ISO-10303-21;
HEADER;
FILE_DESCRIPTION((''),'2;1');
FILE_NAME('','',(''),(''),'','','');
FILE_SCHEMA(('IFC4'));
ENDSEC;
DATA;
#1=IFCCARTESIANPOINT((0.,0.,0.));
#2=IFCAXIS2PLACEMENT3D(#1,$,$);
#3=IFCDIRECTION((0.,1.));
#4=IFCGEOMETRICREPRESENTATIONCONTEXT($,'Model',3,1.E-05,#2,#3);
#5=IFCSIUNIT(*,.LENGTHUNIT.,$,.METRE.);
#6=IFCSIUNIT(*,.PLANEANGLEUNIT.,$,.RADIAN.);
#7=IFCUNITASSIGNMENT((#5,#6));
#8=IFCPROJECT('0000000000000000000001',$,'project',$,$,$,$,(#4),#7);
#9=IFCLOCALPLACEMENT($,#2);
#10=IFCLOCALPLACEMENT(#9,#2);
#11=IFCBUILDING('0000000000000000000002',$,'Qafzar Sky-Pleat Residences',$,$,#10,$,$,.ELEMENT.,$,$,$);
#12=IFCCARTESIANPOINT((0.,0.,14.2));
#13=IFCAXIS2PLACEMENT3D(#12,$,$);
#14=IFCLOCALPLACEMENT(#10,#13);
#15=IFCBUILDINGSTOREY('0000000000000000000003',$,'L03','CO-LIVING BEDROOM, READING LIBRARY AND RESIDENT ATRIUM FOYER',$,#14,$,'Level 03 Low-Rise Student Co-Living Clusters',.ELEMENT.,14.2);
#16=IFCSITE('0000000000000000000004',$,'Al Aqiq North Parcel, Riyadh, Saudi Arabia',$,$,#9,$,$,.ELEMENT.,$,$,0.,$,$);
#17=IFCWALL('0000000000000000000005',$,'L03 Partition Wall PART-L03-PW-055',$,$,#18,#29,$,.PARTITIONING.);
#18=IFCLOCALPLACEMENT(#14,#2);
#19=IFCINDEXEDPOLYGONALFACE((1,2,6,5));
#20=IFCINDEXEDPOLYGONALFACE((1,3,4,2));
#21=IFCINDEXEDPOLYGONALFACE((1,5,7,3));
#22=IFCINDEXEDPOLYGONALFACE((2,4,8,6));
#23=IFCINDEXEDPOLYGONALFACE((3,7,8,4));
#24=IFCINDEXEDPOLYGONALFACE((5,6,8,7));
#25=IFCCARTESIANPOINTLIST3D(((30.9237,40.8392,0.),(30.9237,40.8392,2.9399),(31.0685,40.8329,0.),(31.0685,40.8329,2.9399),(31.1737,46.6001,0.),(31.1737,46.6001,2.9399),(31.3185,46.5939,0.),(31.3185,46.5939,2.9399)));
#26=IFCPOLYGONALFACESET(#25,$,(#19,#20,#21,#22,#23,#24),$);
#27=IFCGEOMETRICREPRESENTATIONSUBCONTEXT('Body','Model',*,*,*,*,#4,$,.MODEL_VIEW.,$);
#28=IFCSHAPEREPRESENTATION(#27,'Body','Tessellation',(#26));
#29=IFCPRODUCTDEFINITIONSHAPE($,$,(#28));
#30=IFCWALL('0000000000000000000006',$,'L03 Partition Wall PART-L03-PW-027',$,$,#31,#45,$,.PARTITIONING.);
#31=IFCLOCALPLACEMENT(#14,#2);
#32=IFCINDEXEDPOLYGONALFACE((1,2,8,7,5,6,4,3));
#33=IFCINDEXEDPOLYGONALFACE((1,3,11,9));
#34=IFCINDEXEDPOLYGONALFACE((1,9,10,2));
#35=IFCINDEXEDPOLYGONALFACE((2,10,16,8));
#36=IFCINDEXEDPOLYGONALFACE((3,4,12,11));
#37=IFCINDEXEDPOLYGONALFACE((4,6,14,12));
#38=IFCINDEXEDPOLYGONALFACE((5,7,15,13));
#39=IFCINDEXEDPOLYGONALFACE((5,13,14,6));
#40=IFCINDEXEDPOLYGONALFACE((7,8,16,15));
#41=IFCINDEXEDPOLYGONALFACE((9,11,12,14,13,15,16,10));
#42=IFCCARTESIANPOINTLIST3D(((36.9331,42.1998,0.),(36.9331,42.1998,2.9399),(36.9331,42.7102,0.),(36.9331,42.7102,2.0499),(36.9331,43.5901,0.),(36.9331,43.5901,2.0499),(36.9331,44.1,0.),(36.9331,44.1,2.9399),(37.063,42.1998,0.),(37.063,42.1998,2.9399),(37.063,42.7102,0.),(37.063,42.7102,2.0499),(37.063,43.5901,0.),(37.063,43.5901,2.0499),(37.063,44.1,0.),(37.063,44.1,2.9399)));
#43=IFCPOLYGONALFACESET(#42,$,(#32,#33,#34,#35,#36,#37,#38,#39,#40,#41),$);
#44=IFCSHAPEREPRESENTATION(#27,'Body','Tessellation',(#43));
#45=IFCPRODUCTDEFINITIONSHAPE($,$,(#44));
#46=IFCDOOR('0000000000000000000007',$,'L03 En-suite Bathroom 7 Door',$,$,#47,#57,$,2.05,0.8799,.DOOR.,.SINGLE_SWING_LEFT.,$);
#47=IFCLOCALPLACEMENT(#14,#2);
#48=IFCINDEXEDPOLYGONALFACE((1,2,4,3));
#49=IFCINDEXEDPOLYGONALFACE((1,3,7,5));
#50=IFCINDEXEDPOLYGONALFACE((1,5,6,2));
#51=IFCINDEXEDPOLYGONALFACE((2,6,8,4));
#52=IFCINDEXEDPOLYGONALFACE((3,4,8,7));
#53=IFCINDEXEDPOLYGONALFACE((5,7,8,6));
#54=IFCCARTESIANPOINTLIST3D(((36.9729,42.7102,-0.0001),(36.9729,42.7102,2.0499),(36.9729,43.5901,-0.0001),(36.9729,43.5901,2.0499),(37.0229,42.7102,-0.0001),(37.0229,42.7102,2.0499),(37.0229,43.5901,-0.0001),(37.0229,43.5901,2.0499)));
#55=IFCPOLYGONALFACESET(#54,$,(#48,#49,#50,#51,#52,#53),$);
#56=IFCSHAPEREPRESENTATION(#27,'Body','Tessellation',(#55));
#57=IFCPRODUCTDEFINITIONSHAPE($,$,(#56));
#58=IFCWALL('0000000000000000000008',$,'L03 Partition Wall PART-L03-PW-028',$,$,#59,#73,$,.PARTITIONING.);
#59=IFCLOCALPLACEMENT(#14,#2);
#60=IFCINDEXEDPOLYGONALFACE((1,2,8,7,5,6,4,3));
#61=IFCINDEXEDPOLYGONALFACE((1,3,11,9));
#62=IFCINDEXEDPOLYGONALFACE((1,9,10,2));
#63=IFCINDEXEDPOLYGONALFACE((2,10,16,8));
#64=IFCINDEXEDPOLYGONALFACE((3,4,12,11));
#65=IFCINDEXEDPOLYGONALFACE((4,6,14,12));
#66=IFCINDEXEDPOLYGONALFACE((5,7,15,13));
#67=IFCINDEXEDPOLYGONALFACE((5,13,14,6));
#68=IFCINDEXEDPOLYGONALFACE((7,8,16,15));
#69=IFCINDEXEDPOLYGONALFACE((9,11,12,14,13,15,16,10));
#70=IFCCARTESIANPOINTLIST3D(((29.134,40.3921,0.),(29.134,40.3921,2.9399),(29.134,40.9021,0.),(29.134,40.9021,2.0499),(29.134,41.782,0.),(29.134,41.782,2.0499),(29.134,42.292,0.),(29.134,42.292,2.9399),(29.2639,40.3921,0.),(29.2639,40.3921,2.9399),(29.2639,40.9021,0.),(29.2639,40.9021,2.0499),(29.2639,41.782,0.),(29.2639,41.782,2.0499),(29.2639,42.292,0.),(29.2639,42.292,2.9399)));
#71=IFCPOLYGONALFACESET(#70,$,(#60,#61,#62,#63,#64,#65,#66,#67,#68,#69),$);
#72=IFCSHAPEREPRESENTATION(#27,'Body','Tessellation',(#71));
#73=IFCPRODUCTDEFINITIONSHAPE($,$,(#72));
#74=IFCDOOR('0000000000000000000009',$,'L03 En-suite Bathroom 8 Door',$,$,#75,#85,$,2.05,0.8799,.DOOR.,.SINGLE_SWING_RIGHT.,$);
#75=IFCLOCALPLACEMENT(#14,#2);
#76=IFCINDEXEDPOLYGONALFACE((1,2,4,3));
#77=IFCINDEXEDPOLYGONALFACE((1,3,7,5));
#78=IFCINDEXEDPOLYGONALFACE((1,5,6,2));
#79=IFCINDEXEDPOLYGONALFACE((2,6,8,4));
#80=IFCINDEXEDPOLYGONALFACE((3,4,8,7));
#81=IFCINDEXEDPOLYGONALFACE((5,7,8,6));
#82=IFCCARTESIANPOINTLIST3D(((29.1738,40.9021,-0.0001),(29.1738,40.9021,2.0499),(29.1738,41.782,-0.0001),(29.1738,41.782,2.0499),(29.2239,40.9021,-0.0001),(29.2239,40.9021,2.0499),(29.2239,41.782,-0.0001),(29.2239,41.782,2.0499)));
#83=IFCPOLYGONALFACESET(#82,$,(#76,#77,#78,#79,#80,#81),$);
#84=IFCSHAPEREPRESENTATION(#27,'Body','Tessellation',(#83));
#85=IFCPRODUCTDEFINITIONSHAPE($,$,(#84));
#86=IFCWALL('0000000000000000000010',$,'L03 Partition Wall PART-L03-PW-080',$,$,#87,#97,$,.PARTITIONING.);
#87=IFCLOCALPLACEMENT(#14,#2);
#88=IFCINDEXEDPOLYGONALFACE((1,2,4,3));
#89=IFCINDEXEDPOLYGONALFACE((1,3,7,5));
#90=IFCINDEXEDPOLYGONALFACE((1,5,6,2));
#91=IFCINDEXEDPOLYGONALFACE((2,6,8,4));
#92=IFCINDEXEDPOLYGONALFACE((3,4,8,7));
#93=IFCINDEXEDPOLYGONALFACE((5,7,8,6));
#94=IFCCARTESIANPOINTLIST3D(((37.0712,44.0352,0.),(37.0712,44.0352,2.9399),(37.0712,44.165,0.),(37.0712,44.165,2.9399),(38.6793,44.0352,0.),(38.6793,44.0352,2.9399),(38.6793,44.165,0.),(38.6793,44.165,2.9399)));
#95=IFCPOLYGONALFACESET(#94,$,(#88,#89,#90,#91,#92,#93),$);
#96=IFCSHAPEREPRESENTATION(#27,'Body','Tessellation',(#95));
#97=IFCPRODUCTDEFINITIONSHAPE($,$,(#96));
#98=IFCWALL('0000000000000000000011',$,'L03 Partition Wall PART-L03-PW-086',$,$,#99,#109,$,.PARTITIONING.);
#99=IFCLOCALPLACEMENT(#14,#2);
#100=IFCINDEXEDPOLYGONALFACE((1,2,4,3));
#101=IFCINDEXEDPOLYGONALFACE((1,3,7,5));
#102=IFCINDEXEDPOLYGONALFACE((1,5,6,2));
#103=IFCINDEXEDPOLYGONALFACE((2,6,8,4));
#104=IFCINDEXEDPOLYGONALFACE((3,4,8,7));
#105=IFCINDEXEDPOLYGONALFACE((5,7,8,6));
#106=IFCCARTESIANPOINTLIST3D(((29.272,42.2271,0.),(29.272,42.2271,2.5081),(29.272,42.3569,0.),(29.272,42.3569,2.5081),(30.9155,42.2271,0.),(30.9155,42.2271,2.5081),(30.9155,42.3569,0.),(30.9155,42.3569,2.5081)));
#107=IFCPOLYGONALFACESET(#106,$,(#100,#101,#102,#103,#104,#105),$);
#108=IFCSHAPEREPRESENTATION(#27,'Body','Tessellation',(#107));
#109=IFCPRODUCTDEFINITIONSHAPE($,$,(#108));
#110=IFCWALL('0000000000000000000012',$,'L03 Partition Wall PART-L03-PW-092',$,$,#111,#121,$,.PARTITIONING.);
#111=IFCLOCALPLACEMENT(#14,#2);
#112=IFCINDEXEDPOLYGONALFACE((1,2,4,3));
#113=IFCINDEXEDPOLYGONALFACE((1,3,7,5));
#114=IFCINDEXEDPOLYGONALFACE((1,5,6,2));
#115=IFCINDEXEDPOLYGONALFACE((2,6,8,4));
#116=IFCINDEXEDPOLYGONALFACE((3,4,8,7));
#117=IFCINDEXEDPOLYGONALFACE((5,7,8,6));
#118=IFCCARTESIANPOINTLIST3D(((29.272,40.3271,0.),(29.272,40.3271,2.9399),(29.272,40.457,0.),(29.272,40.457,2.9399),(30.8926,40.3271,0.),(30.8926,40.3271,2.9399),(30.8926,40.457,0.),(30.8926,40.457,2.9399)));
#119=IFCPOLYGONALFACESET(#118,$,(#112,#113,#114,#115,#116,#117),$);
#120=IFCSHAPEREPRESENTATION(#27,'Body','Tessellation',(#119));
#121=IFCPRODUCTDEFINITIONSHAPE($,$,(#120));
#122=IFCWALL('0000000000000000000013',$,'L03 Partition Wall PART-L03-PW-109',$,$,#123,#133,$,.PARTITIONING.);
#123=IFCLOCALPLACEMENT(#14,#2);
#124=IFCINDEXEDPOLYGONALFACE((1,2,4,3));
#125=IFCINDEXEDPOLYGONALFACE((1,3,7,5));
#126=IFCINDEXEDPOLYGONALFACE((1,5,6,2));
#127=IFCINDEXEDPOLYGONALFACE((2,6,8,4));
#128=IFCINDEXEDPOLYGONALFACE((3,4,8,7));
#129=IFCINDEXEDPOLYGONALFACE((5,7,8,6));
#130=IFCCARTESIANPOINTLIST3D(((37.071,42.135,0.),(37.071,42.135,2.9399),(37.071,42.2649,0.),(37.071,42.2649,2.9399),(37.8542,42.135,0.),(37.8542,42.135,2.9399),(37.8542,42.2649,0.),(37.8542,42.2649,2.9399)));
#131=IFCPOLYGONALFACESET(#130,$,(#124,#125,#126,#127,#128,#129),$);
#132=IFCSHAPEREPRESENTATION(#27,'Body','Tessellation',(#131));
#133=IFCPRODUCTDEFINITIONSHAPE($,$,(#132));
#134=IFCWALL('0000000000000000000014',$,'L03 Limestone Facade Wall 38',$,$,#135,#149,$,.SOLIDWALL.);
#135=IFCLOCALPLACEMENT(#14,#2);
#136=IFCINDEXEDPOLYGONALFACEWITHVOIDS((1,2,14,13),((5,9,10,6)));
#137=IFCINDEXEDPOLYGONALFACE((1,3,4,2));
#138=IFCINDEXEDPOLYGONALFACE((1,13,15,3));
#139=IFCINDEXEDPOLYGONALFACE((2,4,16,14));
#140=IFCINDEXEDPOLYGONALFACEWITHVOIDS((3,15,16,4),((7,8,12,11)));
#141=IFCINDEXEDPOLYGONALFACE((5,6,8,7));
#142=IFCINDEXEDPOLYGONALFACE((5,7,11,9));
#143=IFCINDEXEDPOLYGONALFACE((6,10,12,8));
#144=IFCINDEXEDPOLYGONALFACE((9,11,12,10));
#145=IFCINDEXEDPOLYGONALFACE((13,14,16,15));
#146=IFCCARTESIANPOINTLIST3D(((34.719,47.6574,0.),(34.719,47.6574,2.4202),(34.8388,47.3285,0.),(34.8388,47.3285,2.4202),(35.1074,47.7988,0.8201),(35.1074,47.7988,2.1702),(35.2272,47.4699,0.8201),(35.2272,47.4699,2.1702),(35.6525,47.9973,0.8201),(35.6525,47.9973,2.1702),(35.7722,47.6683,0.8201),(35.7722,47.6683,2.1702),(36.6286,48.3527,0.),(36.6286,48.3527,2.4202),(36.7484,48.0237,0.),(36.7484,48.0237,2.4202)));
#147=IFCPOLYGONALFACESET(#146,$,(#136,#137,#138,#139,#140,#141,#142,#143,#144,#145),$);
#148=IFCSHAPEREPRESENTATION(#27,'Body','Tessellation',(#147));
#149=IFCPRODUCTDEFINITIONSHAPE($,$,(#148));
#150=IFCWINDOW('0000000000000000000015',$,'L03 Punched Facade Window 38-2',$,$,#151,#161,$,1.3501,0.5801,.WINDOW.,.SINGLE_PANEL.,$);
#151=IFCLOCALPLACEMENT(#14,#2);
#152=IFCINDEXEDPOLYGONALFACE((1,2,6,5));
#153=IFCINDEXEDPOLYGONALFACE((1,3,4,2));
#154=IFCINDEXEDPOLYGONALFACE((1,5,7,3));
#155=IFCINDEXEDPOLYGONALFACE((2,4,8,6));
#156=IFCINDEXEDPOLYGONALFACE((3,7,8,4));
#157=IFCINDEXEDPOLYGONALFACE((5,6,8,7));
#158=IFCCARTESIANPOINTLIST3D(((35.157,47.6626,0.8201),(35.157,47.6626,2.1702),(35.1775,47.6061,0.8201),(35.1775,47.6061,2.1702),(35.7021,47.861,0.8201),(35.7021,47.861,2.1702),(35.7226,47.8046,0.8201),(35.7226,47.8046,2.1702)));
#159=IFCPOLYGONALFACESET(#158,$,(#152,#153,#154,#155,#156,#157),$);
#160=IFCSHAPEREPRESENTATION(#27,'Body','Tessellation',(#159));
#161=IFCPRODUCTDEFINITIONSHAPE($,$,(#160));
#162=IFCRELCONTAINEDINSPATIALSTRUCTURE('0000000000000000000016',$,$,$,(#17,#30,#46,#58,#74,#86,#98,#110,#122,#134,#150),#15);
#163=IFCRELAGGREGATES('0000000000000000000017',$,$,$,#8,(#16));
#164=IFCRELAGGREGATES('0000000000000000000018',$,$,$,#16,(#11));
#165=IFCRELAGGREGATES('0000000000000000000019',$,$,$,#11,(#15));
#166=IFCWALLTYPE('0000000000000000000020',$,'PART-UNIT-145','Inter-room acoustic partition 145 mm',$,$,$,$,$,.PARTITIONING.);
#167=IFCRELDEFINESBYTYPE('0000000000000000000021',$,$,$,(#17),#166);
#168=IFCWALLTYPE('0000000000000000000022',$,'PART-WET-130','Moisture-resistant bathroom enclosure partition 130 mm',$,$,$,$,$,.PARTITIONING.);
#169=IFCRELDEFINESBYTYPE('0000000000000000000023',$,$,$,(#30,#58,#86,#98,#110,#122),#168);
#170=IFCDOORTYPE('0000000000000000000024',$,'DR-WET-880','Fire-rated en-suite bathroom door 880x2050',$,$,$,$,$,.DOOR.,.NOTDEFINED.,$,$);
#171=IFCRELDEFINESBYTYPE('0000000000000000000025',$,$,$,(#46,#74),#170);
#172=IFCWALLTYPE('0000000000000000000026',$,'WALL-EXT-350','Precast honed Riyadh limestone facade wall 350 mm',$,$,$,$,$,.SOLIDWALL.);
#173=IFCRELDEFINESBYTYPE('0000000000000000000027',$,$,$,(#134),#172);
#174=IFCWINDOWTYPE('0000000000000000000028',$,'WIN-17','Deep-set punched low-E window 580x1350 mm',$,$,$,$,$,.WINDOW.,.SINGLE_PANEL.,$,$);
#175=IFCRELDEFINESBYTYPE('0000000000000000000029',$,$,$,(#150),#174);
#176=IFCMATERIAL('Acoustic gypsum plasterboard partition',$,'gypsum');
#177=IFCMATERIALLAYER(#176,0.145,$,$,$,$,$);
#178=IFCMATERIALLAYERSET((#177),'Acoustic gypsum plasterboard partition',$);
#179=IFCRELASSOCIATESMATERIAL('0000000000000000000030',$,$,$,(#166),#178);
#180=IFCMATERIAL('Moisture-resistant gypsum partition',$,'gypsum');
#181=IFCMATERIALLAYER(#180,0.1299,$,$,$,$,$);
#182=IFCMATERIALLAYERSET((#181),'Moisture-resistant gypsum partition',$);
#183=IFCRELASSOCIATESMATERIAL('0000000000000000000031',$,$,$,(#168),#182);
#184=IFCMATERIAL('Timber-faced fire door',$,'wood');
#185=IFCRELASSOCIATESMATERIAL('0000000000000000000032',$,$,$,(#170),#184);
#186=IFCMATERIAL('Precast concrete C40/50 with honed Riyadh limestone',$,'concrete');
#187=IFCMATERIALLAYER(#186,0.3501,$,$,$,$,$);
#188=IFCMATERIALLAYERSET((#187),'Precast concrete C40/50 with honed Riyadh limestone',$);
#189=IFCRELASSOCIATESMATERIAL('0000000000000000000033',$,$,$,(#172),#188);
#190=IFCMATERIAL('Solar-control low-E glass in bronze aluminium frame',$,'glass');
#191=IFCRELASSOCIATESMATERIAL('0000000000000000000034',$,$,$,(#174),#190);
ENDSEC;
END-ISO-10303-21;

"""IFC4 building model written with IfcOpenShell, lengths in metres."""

from ifc_helpers import new_model, si_unit, direction, frame, frame_2d, origin, place, context, subcontext, project, spatial, rectangle, extrude, source, transform, mapped, material, layer, layer_set, type_object, element, fill, save


model = new_model("IFC4")

# Units and contexts
model_context = context("Model", 3, precision=1e-05, world=origin(), true_north=direction((0.0, 1.0)))
body_context = subcontext(model_context, "Body", "Model", "MODEL_VIEW")
ifc_project = project(units=[si_unit("LENGTHUNIT", "METRE"), si_unit("PLANEANGLEUNIT", "RADIAN")], contexts=[model_context])

# Site, building, storey
site_placement = place(None, origin())
site = spatial("IfcSite", under=ifc_project, at=site_placement, Name="Al Aqiq North Parcel, Riyadh, Saudi Arabia", CompositionType="ELEMENT", RefElevation=0.0)
building_placement = place(site_placement, origin())
building = spatial("IfcBuilding", under=site, at=building_placement, Name="Qafzar Sky-Pleat Residences", CompositionType="ELEMENT")
storey_placement = place(building_placement, frame((0.0, 0.0, 14.2)))
storey = spatial("IfcBuildingStorey", under=building, at=storey_placement, Name="L03", Description="CO-LIVING BEDROOM, READING LIBRARY AND RESIDENT ATRIUM FOYER", LongName="Level 03 Low-Rise Student Co-Living Clusters", CompositionType="ELEMENT", Elevation=14.2)

# Wall
ifc_material_1 = material(Name="Acoustic gypsum plasterboard partition", Category="gypsum")
ifc_layer_1 = layer(ifc_material_1, 0.145)
ifc_layer_set_1 = layer_set([ifc_layer_1], Name="Acoustic gypsum plasterboard partition")
wall_type_1 = type_object("IfcWallType", Name="PART-UNIT-145", Description="Inter-room acoustic partition 145 mm", PredefinedType="PARTITIONING", material=ifc_layer_set_1)
wall_1_placement = place(storey_placement, frame((30.9961, 40.8359, 0.0), z_axis=(0.0, 0.0, 1.0), x_axis=(0.043355, 0.99906, 0.0)))
element("IfcWall", 1, at=wall_1_placement, inside=storey, type_object=wall_type_1, Name="L03 Partition Wall PART-L03-PW-055", PredefinedType="PARTITIONING", context=body_context, shape_type="SweptSolid", body=[
    extrude(rectangle(XDim=5.7664, YDim=0.145, at=frame_2d((2.8833, 0.0))), origin(), (0.0, 0.0, 1.0), 2.9399),
])

# Walls, openings, doors
ifc_material_2 = material(Name="Moisture-resistant gypsum partition", Category="gypsum")
ifc_layer_2 = layer(ifc_material_2, 0.1299)
ifc_layer_set_2 = layer_set([ifc_layer_2], Name="Moisture-resistant gypsum partition")
wall_type_2 = type_object("IfcWallType", Name="PART-WET-130", Description="Moisture-resistant bathroom enclosure partition 130 mm", PredefinedType="PARTITIONING", material=ifc_layer_set_2)
wall_2_placement = place(storey_placement, frame((36.998, 44.1001, 0.0), z_axis=(0.0, 0.0, 1.0), x_axis=(0.0, -1.0, 0.0)))
wall_2 = element("IfcWall", 2, at=wall_2_placement, inside=storey, type_object=wall_type_2, Name="L03 Partition Wall PART-L03-PW-027", PredefinedType="PARTITIONING", context=body_context, shape_type="SweptSolid", body=[
    extrude(rectangle(XDim=1.9001, YDim=0.1299, at=frame_2d((0.9502, 0.0))), origin(), (0.0, 0.0, 1.0), 2.9399),
])
opening_1_placement = place(wall_2_placement, frame((0.51, 0.0, 0.0)))
opening_1 = element("IfcOpeningElement", 3, at=opening_1_placement, cuts=wall_2, PredefinedType="OPENING", context=body_context, shape_type="SweptSolid", body=[
    extrude(rectangle(XDim=0.8799, YDim=2.05, at=frame_2d((0.4399, 1.0249))), frame((0.0, 0.075, 0.0), z_axis=(0.0, -1.0, 0.0), x_axis=(1.0, 0.0, 0.0)), (0.0, 0.0, 1.0), 0.1499),
])
ifc_material_3 = material(Name="Timber-faced fire door", Category="wood")
door_type_1 = type_object("IfcDoorType", Name="DR-WET-880", Description="Fire-rated en-suite bathroom door 880x2050", OperationType="NOTDEFINED", PredefinedType="DOOR", material=ifc_material_3)
shared_shape_1 = source(origin(), body_context, "Body", "SweptSolid", [
    extrude(rectangle(XDim=0.8799, YDim=2.05, at=frame_2d((0.4399, 1.0249))), frame((0.0, 0.0249, 0.0), z_axis=(0.0, -1.0, 0.0), x_axis=(1.0, 0.0, 0.0)), (0.0, 0.0, 1.0), 0.05),
])
door_1_placement = place(opening_1_placement, origin())
door_1 = element("IfcDoor", 4, at=door_1_placement, inside=storey, type_object=door_type_1, Name="L03 En-suite Bathroom 7 Door", OperationType="SINGLE_SWING_LEFT", OverallHeight=2.05, OverallWidth=0.8799, PredefinedType="DOOR", context=body_context, shape_type="MappedRepresentation", body=[
    mapped(shared_shape_1, transform((0.0, 0.0, 0.0), x_axis=(1.0, 0.0, 0.0), y_axis=(0.0, 1.0, 0.0), z_axis=(0.0, 0.0, 1.0), scale=1.0)),
])
fill(opening_1, door_1)
wall_3_placement = place(storey_placement, frame((29.199, 42.292, 0.0), z_axis=(0.0, 0.0, 1.0), x_axis=(0.0, -1.0, 0.0)))
wall_3 = element("IfcWall", 5, at=wall_3_placement, inside=storey, type_object=wall_type_2, Name="L03 Partition Wall PART-L03-PW-028", PredefinedType="PARTITIONING", context=body_context, shape_type="SweptSolid", body=[
    extrude(rectangle(XDim=1.8999, YDim=0.1299, at=frame_2d((0.95, 0.0))), origin(), (0.0, 0.0, 1.0), 2.9399),
])
opening_2_placement = place(wall_3_placement, frame((0.51, 0.0, 0.0)))
opening_2 = element("IfcOpeningElement", 6, at=opening_2_placement, cuts=wall_3, PredefinedType="OPENING", context=body_context, shape_type="SweptSolid", body=[
    extrude(rectangle(XDim=0.8799, YDim=2.05, at=frame_2d((0.4399, 1.0249))), frame((0.0, 0.075, 0.0), z_axis=(0.0, -1.0, 0.0), x_axis=(1.0, 0.0, 0.0)), (0.0, 0.0, 1.0), 0.1499),
])
door_2_placement = place(opening_2_placement, origin())
door_2 = element("IfcDoor", 7, at=door_2_placement, inside=storey, type_object=door_type_1, Name="L03 En-suite Bathroom 8 Door", OperationType="SINGLE_SWING_RIGHT", OverallHeight=2.05, OverallWidth=0.8799, PredefinedType="DOOR", context=body_context, shape_type="MappedRepresentation", body=[
    mapped(shared_shape_1, transform((0.0, 0.0, 0.0), x_axis=(1.0, 0.0, 0.0), y_axis=(0.0, 1.0, 0.0), z_axis=(0.0, 0.0, 1.0), scale=1.0)),
])
fill(opening_2, door_2)

# Walls
wall_4_placement = place(storey_placement, frame((37.071, 44.1001, 0.0), z_axis=(0.0, 0.0, 1.0), x_axis=(1.0, 0.0, 0.0)))
element("IfcWall", 8, at=wall_4_placement, inside=storey, type_object=wall_type_2, Name="L03 Partition Wall PART-L03-PW-080", PredefinedType="PARTITIONING", context=body_context, shape_type="SweptSolid", body=[
    extrude(rectangle(XDim=1.6082, YDim=0.1299, at=frame_2d((0.8042, 0.0))), origin(), (0.0, 0.0, 1.0), 2.9399),
])
wall_5_placement = place(storey_placement, frame((29.272, 42.292, 0.0), z_axis=(0.0, 0.0, 1.0), x_axis=(1.0, 0.0, 0.0)))
element("IfcWall", 9, at=wall_5_placement, inside=storey, type_object=wall_type_2, Name="L03 Partition Wall PART-L03-PW-086", PredefinedType="PARTITIONING", context=body_context, shape_type="SweptSolid", body=[
    extrude(rectangle(XDim=1.6436, YDim=0.1299, at=frame_2d((0.8218, 0.0))), origin(), (0.0, 0.0, 1.0), 2.5081),
])
wall_6_placement = place(storey_placement, frame((29.272, 40.3921, 0.0), z_axis=(0.0, 0.0, 1.0), x_axis=(1.0, 0.0, 0.0)))
element("IfcWall", 10, at=wall_6_placement, inside=storey, type_object=wall_type_2, Name="L03 Partition Wall PART-L03-PW-092", PredefinedType="PARTITIONING", context=body_context, shape_type="SweptSolid", body=[
    extrude(rectangle(XDim=1.6206, YDim=0.1299, at=frame_2d((0.8103, 0.0))), origin(), (0.0, 0.0, 1.0), 2.9399),
])
wall_7_placement = place(storey_placement, frame((37.071, 42.2, 0.0), z_axis=(0.0, 0.0, 1.0), x_axis=(1.0, 0.0, 0.0)))
element("IfcWall", 11, at=wall_7_placement, inside=storey, type_object=wall_type_2, Name="L03 Partition Wall PART-L03-PW-109", PredefinedType="PARTITIONING", context=body_context, shape_type="SweptSolid", body=[
    extrude(rectangle(XDim=0.7832, YDim=0.1299, at=frame_2d((0.3916, 0.0))), origin(), (0.0, 0.0, 1.0), 2.9399),
])

# Wall, opening, window
ifc_material_4 = material(Name="Precast concrete C40/50 with honed Riyadh limestone", Category="concrete")
ifc_layer_3 = layer(ifc_material_4, 0.3501)
ifc_layer_set_3 = layer_set([ifc_layer_3], Name="Precast concrete C40/50 with honed Riyadh limestone")
wall_type_3 = type_object("IfcWallType", Name="WALL-EXT-350", Description="Precast honed Riyadh limestone facade wall 350 mm", PredefinedType="SOLIDWALL", material=ifc_layer_set_3)
wall_8_placement = place(storey_placement, frame((36.6885, 48.1882, 0.0), z_axis=(0.0, 0.0, 1.0), x_axis=(-0.939653, -0.342129, 0.0)))
wall_8 = element("IfcWall", 12, at=wall_8_placement, inside=storey, type_object=wall_type_3, Name="L03 Limestone Facade Wall 38", PredefinedType="SOLIDWALL", context=body_context, shape_type="SweptSolid", body=[
    extrude(rectangle(XDim=2.0322, YDim=0.3501, at=frame_2d((1.0161, 0.0))), origin(), (0.0, 0.0, 1.0), 2.4202),
])
opening_3_placement = place(wall_8_placement, frame((1.0388, 0.0, 0.8201)))
opening_3 = element("IfcOpeningElement", 13, at=opening_3_placement, cuts=wall_8, PredefinedType="OPENING", context=body_context, shape_type="SweptSolid", body=[
    extrude(rectangle(XDim=0.5801, YDim=1.3501, at=frame_2d((0.29, 0.675))), frame((0.0, 0.1851, 0.0), z_axis=(0.0, -1.0, 0.0), x_axis=(1.0, 0.0, 0.0)), (0.0, 0.0, 1.0), 0.3701),
])
ifc_material_5 = material(Name="Solar-control low-E glass in bronze aluminium frame", Category="glass")
window_type_1 = type_object("IfcWindowType", Name="WIN-17", Description="Deep-set punched low-E window 580x1350 mm", PartitioningType="SINGLE_PANEL", PredefinedType="WINDOW", material=ifc_material_5)
shared_shape_2 = source(origin(), body_context, "Body", "SweptSolid", [
    extrude(rectangle(XDim=0.5801, YDim=1.3501, at=frame_2d((0.29, 0.675))), frame((0.0, 0.03, 0.0), z_axis=(0.0, -1.0, 0.0), x_axis=(1.0, 0.0, 0.0)), (0.0, 0.0, 1.0), 0.0601),
])
window_1_placement = place(opening_3_placement, origin())
window_1 = element("IfcWindow", 14, at=window_1_placement, inside=storey, type_object=window_type_1, Name="L03 Punched Facade Window 38-2", OverallHeight=1.3501, OverallWidth=0.5801, PartitioningType="SINGLE_PANEL", PredefinedType="WINDOW", context=body_context, shape_type="MappedRepresentation", body=[
    mapped(shared_shape_2, transform((0.0, 0.0, 0.0), x_axis=(1.0, 0.0, 0.0), y_axis=(0.0, 1.0, 0.0), z_axis=(0.0, 0.0, 1.0), scale=1.0)),
])
fill(opening_3, window_1)

save(model, "model.ifc")
